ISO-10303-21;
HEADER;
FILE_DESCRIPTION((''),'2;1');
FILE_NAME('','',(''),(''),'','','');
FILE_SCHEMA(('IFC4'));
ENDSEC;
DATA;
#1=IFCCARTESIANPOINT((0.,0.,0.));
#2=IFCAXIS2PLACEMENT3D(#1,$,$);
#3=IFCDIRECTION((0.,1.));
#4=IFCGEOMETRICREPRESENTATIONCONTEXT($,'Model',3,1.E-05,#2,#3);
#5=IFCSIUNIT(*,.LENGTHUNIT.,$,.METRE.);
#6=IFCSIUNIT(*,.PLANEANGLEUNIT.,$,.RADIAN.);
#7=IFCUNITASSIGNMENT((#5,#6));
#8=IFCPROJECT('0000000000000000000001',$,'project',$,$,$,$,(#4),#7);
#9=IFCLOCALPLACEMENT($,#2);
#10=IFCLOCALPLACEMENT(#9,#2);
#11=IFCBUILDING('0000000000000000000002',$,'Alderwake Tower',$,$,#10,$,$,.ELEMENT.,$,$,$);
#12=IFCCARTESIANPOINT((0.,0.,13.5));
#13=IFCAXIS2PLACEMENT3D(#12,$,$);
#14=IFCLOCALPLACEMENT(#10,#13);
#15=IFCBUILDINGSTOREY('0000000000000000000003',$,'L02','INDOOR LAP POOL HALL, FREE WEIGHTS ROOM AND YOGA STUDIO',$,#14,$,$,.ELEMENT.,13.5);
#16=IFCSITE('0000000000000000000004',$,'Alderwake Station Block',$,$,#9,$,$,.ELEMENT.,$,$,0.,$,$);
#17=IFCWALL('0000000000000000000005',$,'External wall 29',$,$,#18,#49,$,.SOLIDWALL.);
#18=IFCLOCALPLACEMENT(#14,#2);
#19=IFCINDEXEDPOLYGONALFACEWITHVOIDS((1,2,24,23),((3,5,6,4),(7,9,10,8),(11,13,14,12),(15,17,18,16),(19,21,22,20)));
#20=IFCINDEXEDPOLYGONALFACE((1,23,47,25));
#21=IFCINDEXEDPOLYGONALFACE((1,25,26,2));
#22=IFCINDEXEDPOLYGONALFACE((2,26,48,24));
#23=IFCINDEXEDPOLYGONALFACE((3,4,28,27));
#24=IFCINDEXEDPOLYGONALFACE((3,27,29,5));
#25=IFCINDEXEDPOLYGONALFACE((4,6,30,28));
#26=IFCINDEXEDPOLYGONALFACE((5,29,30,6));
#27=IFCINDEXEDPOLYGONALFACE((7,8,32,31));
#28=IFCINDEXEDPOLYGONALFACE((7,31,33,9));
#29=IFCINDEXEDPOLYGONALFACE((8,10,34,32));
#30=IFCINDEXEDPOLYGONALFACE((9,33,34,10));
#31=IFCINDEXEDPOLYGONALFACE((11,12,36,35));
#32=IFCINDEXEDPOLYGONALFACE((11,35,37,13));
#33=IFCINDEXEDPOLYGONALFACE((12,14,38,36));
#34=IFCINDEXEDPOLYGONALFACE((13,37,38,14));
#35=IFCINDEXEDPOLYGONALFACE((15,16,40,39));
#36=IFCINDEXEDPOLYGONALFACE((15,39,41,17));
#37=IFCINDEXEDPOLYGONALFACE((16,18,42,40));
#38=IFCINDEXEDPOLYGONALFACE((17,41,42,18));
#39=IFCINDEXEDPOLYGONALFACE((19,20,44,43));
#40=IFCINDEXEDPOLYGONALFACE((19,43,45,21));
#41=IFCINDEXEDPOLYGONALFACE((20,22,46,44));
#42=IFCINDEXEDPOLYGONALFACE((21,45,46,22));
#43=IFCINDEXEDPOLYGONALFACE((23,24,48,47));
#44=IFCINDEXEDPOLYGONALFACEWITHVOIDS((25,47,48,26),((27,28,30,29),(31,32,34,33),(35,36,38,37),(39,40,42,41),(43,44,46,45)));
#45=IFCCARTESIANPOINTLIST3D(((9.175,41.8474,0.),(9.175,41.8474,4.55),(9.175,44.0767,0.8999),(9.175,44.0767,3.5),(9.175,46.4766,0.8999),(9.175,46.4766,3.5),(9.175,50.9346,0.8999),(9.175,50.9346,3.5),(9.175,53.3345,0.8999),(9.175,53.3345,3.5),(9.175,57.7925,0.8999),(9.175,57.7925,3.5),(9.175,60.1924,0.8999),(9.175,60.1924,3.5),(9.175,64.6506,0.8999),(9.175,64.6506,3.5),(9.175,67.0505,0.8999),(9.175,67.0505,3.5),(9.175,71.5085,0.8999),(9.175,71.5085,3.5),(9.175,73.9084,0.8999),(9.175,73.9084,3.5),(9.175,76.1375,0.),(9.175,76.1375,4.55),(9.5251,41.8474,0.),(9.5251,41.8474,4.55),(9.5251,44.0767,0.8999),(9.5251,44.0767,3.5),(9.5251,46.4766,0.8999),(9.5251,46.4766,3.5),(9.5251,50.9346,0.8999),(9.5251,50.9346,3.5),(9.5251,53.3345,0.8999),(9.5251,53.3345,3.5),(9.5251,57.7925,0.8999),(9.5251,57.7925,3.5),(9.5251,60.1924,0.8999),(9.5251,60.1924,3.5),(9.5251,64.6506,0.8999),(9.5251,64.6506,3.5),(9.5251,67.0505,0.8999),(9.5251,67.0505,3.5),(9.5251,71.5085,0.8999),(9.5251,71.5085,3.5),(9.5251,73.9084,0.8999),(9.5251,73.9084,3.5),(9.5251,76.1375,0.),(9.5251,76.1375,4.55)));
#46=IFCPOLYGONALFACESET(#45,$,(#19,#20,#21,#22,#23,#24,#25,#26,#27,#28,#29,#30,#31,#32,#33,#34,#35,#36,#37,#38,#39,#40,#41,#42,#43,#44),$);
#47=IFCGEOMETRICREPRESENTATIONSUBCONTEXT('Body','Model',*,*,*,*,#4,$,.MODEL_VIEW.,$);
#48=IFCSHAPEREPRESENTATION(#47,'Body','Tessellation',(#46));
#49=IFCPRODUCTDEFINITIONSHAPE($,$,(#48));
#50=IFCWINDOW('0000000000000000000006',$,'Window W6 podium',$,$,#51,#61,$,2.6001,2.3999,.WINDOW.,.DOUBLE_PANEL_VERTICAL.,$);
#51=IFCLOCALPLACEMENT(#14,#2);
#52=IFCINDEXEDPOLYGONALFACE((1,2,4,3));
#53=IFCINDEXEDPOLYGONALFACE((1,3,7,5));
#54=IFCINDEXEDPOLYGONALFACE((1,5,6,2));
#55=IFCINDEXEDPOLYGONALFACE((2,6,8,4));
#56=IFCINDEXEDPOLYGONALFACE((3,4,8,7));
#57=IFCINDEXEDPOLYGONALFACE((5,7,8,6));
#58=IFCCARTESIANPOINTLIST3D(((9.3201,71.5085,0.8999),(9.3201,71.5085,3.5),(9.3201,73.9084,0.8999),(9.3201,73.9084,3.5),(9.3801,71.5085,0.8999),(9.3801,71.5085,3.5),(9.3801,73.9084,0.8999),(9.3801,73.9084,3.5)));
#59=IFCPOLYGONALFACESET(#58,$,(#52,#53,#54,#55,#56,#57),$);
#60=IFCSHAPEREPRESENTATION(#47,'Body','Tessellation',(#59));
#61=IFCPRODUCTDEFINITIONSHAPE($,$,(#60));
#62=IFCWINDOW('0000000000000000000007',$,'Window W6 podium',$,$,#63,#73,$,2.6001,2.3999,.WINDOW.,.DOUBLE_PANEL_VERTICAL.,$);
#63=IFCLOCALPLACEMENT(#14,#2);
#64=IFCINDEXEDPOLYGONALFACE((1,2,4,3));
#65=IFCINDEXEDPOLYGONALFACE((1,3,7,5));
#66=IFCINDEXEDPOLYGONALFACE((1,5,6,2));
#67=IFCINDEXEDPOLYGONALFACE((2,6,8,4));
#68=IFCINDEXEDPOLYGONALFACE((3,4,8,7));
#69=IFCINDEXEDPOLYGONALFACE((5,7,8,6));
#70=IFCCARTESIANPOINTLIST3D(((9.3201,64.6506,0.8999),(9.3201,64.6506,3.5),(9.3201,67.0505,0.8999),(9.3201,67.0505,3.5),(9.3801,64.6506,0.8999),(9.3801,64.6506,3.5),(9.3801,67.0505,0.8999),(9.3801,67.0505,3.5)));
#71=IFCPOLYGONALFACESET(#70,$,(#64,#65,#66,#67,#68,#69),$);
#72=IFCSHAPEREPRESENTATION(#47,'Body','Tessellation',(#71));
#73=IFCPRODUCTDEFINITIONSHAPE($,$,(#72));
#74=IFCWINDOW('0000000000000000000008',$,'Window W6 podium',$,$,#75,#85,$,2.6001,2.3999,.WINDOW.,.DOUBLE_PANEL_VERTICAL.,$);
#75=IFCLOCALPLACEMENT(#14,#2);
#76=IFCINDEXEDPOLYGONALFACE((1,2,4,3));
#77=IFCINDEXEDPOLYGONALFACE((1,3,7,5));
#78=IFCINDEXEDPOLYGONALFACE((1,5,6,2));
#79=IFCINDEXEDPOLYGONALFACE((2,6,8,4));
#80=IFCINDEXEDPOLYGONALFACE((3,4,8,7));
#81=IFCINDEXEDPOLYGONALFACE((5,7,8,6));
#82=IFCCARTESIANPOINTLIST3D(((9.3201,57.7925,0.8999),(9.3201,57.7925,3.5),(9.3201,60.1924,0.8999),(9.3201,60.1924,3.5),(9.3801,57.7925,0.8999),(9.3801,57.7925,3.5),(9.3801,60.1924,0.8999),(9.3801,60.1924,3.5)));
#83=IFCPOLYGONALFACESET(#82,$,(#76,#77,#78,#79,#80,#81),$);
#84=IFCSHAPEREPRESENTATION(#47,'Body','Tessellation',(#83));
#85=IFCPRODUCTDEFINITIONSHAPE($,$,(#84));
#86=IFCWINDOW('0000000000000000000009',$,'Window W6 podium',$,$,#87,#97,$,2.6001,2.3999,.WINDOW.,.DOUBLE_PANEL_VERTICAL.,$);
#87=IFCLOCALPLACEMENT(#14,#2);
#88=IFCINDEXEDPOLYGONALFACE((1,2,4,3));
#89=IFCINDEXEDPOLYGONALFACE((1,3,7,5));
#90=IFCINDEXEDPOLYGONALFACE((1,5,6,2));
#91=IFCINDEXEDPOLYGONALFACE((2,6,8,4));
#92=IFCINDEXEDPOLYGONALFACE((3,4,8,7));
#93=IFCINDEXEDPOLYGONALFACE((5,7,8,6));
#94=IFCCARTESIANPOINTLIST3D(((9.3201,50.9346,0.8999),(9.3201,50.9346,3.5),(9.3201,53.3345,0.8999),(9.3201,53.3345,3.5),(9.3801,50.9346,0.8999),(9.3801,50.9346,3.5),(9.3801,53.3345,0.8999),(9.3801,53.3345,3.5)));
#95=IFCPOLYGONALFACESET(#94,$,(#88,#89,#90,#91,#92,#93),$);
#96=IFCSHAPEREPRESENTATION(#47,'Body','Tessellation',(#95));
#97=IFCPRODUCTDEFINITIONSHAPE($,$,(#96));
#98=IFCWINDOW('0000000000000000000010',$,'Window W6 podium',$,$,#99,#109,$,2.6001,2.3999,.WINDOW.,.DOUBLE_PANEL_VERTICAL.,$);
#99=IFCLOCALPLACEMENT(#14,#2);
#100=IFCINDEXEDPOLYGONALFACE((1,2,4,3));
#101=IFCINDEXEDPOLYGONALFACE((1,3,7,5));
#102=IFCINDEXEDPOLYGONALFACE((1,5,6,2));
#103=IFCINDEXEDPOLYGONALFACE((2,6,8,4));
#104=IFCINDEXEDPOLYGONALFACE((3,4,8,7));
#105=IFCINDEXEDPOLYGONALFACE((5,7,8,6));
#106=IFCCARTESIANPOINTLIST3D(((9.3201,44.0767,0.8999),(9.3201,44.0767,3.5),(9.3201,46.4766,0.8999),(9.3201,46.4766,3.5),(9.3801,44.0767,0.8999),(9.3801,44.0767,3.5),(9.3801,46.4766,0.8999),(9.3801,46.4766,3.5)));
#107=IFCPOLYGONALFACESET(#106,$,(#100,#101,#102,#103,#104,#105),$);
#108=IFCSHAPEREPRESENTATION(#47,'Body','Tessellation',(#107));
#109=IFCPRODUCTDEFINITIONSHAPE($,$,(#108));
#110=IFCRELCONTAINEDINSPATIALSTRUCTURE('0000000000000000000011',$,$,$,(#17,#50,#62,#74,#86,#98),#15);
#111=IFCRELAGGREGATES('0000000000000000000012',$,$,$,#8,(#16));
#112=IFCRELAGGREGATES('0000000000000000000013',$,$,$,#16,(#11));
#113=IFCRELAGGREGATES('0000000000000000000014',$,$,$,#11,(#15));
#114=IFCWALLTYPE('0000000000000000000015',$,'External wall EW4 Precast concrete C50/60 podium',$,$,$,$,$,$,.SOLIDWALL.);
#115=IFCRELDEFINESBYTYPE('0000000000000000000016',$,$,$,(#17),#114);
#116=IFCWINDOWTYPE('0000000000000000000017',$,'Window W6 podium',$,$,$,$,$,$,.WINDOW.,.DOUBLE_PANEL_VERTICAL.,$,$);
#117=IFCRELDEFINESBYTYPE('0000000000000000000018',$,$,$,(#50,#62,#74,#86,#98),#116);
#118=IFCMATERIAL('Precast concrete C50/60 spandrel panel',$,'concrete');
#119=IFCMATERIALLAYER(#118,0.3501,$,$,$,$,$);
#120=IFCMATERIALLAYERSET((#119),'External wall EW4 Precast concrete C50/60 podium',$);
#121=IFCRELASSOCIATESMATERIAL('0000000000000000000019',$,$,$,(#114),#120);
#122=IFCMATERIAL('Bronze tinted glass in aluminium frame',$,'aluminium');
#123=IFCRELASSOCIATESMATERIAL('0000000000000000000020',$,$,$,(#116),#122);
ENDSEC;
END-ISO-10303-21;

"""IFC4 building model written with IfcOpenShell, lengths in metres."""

from ifc_helpers import new_model, si_unit, direction, frame, frame_2d, origin, place, context, subcontext, project, spatial, rectangle, extrude, material, layer, layer_set, type_object, element, fill, save


model = new_model("IFC4")

# Units and contexts
model_context = context("Model", 3, precision=1e-05, world=origin(), true_north=direction((0.0, 1.0)))
body_context = subcontext(model_context, "Body", "Model", "MODEL_VIEW")
ifc_project = project(units=[si_unit("LENGTHUNIT", "METRE"), si_unit("PLANEANGLEUNIT", "RADIAN")], contexts=[model_context])

# Site, building, storey
site_placement = place(None, origin())
site = spatial("IfcSite", under=ifc_project, at=site_placement, Name="Alderwake Station Block", CompositionType="ELEMENT", RefElevation=0.0)
building_placement = place(site_placement, origin())
building = spatial("IfcBuilding", under=site, at=building_placement, Name="Alderwake Tower", CompositionType="ELEMENT")
storey_placement = place(building_placement, frame((0.0, 0.0, 13.5)))
storey = spatial("IfcBuildingStorey", under=building, at=storey_placement, Name="L02", Description="INDOOR LAP POOL HALL, FREE WEIGHTS ROOM AND YOGA STUDIO", CompositionType="ELEMENT", Elevation=13.5)

# Wall, openings, windows
ifc_material_1 = material(Name="Precast concrete C50/60 spandrel panel", Category="concrete")
ifc_layer_1 = layer(ifc_material_1, 0.3501)
ifc_layer_set_1 = layer_set([ifc_layer_1], Name="External wall EW4 Precast concrete C50/60 podium")
wall_type_1 = type_object("IfcWallType", Name="External wall EW4 Precast concrete C50/60 podium", PredefinedType="SOLIDWALL", material=ifc_layer_set_1)
wall_1_placement = place(storey_placement, frame((9.3501, 76.1375, 0.0), z_axis=(0.0, 0.0, 1.0), x_axis=(0.0, -1.0, 0.0)))
wall_1 = element("IfcWall", 1, at=wall_1_placement, inside=storey, type_object=wall_type_1, Name="External wall 29", PredefinedType="SOLIDWALL", context=body_context, shape_type="SweptSolid", body=[
    extrude(rectangle(XDim=34.29, YDim=0.3501, at=frame_2d((17.145, 0.0))), origin(), (0.0, 0.0, 1.0), 4.55),
])
opening_1_placement = place(wall_1_placement, frame((2.229, 0.0, 0.8999)))
opening_1 = element("IfcOpeningElement", 2, at=opening_1_placement, cuts=wall_1, PredefinedType="OPENING", context=body_context, shape_type="SweptSolid", body=[
    extrude(rectangle(XDim=2.3999, YDim=2.6001, at=frame_2d((1.2, 1.3))), frame((0.0, 0.1851, 0.0), z_axis=(0.0, -1.0, 0.0), x_axis=(1.0, 0.0, 0.0)), (0.0, 0.0, 1.0), 0.3701),
])
opening_2_placement = place(wall_1_placement, frame((9.0869, 0.0, 0.8999)))
opening_2 = element("IfcOpeningElement", 3, at=opening_2_placement, cuts=wall_1, PredefinedType="OPENING", context=body_context, shape_type="SweptSolid", body=[
    extrude(rectangle(XDim=2.3999, YDim=2.6001, at=frame_2d((1.2, 1.3))), frame((0.0, 0.1851, 0.0), z_axis=(0.0, -1.0, 0.0), x_axis=(1.0, 0.0, 0.0)), (0.0, 0.0, 1.0), 0.3701),
])
opening_3_placement = place(wall_1_placement, frame((15.9451, 0.0, 0.8999)))
opening_3 = element("IfcOpeningElement", 4, at=opening_3_placement, cuts=wall_1, PredefinedType="OPENING", context=body_context, shape_type="SweptSolid", body=[
    extrude(rectangle(XDim=2.3999, YDim=2.6001, at=frame_2d((1.2, 1.3))), frame((0.0, 0.1851, 0.0), z_axis=(0.0, -1.0, 0.0), x_axis=(1.0, 0.0, 0.0)), (0.0, 0.0, 1.0), 0.3701),
])
opening_4_placement = place(wall_1_placement, frame((22.803, 0.0, 0.8999)))
opening_4 = element("IfcOpeningElement", 5, at=opening_4_placement, cuts=wall_1, PredefinedType="OPENING", context=body_context, shape_type="SweptSolid", body=[
    extrude(rectangle(XDim=2.3999, YDim=2.6001, at=frame_2d((1.2, 1.3))), frame((0.0, 0.1851, 0.0), z_axis=(0.0, -1.0, 0.0), x_axis=(1.0, 0.0, 0.0)), (0.0, 0.0, 1.0), 0.3701),
])
opening_5_placement = place(wall_1_placement, frame((29.6609, 0.0, 0.8999)))
opening_5 = element("IfcOpeningElement", 6, at=opening_5_placement, cuts=wall_1, PredefinedType="OPENING", context=body_context, shape_type="SweptSolid", body=[
    extrude(rectangle(XDim=2.3999, YDim=2.6001, at=frame_2d((1.2, 1.3))), frame((0.0, 0.1851, 0.0), z_axis=(0.0, -1.0, 0.0), x_axis=(1.0, 0.0, 0.0)), (0.0, 0.0, 1.0), 0.3701),
])
ifc_material_2 = material(Name="Bronze tinted glass in aluminium frame", Category="aluminium")
window_type = type_object("IfcWindowType", Name="Window W6 podium", PartitioningType="DOUBLE_PANEL_VERTICAL", PredefinedType="WINDOW", material=ifc_material_2)
window_1_placement = place(opening_1_placement, origin())
window_1 = element("IfcWindow", 7, at=window_1_placement, inside=storey, type_object=window_type, Name="Window W6 podium", OverallHeight=2.6001, OverallWidth=2.3999, PartitioningType="DOUBLE_PANEL_VERTICAL", PredefinedType="WINDOW", context=body_context, shape_type="SweptSolid", body=[
    extrude(rectangle(XDim=2.3999, YDim=2.6001, at=frame_2d((1.2, 1.3))), frame((0.0, 0.03, 0.0), z_axis=(0.0, -1.0, 0.0), x_axis=(1.0, 0.0, 0.0)), (0.0, 0.0, 1.0), 0.0601),
])
fill(opening_1, window_1)
window_2_placement = place(opening_2_placement, origin())
window_2 = element("IfcWindow", 8, at=window_2_placement, inside=storey, type_object=window_type, Name="Window W6 podium", OverallHeight=2.6001, OverallWidth=2.3999, PartitioningType="DOUBLE_PANEL_VERTICAL", PredefinedType="WINDOW", context=body_context, shape_type="SweptSolid", body=[
    extrude(rectangle(XDim=2.3999, YDim=2.6001, at=frame_2d((1.2, 1.3))), frame((0.0, 0.03, 0.0), z_axis=(0.0, -1.0, 0.0), x_axis=(1.0, 0.0, 0.0)), (0.0, 0.0, 1.0), 0.0601),
])
fill(opening_2, window_2)
window_3_placement = place(opening_3_placement, origin())
window_3 = element("IfcWindow", 9, at=window_3_placement, inside=storey, type_object=window_type, Name="Window W6 podium", OverallHeight=2.6001, OverallWidth=2.3999, PartitioningType="DOUBLE_PANEL_VERTICAL", PredefinedType="WINDOW", context=body_context, shape_type="SweptSolid", body=[
    extrude(rectangle(XDim=2.3999, YDim=2.6001, at=frame_2d((1.2, 1.3))), frame((0.0, 0.03, 0.0), z_axis=(0.0, -1.0, 0.0), x_axis=(1.0, 0.0, 0.0)), (0.0, 0.0, 1.0), 0.0601),
])
fill(opening_3, window_3)
window_4_placement = place(opening_4_placement, origin())
window_4 = element("IfcWindow", 10, at=window_4_placement, inside=storey, type_object=window_type, Name="Window W6 podium", OverallHeight=2.6001, OverallWidth=2.3999, PartitioningType="DOUBLE_PANEL_VERTICAL", PredefinedType="WINDOW", context=body_context, shape_type="SweptSolid", body=[
    extrude(rectangle(XDim=2.3999, YDim=2.6001, at=frame_2d((1.2, 1.3))), frame((0.0, 0.03, 0.0), z_axis=(0.0, -1.0, 0.0), x_axis=(1.0, 0.0, 0.0)), (0.0, 0.0, 1.0), 0.0601),
])
fill(opening_4, window_4)
window_5_placement = place(opening_5_placement, origin())
window_5 = element("IfcWindow", 11, at=window_5_placement, inside=storey, type_object=window_type, Name="Window W6 podium", OverallHeight=2.6001, OverallWidth=2.3999, PartitioningType="DOUBLE_PANEL_VERTICAL", PredefinedType="WINDOW", context=body_context, shape_type="SweptSolid", body=[
    extrude(rectangle(XDim=2.3999, YDim=2.6001, at=frame_2d((1.2, 1.3))), frame((0.0, 0.03, 0.0), z_axis=(0.0, -1.0, 0.0), x_axis=(1.0, 0.0, 0.0)), (0.0, 0.0, 1.0), 0.0601),
])
fill(opening_5, window_5)

save(model, "model.ifc")
